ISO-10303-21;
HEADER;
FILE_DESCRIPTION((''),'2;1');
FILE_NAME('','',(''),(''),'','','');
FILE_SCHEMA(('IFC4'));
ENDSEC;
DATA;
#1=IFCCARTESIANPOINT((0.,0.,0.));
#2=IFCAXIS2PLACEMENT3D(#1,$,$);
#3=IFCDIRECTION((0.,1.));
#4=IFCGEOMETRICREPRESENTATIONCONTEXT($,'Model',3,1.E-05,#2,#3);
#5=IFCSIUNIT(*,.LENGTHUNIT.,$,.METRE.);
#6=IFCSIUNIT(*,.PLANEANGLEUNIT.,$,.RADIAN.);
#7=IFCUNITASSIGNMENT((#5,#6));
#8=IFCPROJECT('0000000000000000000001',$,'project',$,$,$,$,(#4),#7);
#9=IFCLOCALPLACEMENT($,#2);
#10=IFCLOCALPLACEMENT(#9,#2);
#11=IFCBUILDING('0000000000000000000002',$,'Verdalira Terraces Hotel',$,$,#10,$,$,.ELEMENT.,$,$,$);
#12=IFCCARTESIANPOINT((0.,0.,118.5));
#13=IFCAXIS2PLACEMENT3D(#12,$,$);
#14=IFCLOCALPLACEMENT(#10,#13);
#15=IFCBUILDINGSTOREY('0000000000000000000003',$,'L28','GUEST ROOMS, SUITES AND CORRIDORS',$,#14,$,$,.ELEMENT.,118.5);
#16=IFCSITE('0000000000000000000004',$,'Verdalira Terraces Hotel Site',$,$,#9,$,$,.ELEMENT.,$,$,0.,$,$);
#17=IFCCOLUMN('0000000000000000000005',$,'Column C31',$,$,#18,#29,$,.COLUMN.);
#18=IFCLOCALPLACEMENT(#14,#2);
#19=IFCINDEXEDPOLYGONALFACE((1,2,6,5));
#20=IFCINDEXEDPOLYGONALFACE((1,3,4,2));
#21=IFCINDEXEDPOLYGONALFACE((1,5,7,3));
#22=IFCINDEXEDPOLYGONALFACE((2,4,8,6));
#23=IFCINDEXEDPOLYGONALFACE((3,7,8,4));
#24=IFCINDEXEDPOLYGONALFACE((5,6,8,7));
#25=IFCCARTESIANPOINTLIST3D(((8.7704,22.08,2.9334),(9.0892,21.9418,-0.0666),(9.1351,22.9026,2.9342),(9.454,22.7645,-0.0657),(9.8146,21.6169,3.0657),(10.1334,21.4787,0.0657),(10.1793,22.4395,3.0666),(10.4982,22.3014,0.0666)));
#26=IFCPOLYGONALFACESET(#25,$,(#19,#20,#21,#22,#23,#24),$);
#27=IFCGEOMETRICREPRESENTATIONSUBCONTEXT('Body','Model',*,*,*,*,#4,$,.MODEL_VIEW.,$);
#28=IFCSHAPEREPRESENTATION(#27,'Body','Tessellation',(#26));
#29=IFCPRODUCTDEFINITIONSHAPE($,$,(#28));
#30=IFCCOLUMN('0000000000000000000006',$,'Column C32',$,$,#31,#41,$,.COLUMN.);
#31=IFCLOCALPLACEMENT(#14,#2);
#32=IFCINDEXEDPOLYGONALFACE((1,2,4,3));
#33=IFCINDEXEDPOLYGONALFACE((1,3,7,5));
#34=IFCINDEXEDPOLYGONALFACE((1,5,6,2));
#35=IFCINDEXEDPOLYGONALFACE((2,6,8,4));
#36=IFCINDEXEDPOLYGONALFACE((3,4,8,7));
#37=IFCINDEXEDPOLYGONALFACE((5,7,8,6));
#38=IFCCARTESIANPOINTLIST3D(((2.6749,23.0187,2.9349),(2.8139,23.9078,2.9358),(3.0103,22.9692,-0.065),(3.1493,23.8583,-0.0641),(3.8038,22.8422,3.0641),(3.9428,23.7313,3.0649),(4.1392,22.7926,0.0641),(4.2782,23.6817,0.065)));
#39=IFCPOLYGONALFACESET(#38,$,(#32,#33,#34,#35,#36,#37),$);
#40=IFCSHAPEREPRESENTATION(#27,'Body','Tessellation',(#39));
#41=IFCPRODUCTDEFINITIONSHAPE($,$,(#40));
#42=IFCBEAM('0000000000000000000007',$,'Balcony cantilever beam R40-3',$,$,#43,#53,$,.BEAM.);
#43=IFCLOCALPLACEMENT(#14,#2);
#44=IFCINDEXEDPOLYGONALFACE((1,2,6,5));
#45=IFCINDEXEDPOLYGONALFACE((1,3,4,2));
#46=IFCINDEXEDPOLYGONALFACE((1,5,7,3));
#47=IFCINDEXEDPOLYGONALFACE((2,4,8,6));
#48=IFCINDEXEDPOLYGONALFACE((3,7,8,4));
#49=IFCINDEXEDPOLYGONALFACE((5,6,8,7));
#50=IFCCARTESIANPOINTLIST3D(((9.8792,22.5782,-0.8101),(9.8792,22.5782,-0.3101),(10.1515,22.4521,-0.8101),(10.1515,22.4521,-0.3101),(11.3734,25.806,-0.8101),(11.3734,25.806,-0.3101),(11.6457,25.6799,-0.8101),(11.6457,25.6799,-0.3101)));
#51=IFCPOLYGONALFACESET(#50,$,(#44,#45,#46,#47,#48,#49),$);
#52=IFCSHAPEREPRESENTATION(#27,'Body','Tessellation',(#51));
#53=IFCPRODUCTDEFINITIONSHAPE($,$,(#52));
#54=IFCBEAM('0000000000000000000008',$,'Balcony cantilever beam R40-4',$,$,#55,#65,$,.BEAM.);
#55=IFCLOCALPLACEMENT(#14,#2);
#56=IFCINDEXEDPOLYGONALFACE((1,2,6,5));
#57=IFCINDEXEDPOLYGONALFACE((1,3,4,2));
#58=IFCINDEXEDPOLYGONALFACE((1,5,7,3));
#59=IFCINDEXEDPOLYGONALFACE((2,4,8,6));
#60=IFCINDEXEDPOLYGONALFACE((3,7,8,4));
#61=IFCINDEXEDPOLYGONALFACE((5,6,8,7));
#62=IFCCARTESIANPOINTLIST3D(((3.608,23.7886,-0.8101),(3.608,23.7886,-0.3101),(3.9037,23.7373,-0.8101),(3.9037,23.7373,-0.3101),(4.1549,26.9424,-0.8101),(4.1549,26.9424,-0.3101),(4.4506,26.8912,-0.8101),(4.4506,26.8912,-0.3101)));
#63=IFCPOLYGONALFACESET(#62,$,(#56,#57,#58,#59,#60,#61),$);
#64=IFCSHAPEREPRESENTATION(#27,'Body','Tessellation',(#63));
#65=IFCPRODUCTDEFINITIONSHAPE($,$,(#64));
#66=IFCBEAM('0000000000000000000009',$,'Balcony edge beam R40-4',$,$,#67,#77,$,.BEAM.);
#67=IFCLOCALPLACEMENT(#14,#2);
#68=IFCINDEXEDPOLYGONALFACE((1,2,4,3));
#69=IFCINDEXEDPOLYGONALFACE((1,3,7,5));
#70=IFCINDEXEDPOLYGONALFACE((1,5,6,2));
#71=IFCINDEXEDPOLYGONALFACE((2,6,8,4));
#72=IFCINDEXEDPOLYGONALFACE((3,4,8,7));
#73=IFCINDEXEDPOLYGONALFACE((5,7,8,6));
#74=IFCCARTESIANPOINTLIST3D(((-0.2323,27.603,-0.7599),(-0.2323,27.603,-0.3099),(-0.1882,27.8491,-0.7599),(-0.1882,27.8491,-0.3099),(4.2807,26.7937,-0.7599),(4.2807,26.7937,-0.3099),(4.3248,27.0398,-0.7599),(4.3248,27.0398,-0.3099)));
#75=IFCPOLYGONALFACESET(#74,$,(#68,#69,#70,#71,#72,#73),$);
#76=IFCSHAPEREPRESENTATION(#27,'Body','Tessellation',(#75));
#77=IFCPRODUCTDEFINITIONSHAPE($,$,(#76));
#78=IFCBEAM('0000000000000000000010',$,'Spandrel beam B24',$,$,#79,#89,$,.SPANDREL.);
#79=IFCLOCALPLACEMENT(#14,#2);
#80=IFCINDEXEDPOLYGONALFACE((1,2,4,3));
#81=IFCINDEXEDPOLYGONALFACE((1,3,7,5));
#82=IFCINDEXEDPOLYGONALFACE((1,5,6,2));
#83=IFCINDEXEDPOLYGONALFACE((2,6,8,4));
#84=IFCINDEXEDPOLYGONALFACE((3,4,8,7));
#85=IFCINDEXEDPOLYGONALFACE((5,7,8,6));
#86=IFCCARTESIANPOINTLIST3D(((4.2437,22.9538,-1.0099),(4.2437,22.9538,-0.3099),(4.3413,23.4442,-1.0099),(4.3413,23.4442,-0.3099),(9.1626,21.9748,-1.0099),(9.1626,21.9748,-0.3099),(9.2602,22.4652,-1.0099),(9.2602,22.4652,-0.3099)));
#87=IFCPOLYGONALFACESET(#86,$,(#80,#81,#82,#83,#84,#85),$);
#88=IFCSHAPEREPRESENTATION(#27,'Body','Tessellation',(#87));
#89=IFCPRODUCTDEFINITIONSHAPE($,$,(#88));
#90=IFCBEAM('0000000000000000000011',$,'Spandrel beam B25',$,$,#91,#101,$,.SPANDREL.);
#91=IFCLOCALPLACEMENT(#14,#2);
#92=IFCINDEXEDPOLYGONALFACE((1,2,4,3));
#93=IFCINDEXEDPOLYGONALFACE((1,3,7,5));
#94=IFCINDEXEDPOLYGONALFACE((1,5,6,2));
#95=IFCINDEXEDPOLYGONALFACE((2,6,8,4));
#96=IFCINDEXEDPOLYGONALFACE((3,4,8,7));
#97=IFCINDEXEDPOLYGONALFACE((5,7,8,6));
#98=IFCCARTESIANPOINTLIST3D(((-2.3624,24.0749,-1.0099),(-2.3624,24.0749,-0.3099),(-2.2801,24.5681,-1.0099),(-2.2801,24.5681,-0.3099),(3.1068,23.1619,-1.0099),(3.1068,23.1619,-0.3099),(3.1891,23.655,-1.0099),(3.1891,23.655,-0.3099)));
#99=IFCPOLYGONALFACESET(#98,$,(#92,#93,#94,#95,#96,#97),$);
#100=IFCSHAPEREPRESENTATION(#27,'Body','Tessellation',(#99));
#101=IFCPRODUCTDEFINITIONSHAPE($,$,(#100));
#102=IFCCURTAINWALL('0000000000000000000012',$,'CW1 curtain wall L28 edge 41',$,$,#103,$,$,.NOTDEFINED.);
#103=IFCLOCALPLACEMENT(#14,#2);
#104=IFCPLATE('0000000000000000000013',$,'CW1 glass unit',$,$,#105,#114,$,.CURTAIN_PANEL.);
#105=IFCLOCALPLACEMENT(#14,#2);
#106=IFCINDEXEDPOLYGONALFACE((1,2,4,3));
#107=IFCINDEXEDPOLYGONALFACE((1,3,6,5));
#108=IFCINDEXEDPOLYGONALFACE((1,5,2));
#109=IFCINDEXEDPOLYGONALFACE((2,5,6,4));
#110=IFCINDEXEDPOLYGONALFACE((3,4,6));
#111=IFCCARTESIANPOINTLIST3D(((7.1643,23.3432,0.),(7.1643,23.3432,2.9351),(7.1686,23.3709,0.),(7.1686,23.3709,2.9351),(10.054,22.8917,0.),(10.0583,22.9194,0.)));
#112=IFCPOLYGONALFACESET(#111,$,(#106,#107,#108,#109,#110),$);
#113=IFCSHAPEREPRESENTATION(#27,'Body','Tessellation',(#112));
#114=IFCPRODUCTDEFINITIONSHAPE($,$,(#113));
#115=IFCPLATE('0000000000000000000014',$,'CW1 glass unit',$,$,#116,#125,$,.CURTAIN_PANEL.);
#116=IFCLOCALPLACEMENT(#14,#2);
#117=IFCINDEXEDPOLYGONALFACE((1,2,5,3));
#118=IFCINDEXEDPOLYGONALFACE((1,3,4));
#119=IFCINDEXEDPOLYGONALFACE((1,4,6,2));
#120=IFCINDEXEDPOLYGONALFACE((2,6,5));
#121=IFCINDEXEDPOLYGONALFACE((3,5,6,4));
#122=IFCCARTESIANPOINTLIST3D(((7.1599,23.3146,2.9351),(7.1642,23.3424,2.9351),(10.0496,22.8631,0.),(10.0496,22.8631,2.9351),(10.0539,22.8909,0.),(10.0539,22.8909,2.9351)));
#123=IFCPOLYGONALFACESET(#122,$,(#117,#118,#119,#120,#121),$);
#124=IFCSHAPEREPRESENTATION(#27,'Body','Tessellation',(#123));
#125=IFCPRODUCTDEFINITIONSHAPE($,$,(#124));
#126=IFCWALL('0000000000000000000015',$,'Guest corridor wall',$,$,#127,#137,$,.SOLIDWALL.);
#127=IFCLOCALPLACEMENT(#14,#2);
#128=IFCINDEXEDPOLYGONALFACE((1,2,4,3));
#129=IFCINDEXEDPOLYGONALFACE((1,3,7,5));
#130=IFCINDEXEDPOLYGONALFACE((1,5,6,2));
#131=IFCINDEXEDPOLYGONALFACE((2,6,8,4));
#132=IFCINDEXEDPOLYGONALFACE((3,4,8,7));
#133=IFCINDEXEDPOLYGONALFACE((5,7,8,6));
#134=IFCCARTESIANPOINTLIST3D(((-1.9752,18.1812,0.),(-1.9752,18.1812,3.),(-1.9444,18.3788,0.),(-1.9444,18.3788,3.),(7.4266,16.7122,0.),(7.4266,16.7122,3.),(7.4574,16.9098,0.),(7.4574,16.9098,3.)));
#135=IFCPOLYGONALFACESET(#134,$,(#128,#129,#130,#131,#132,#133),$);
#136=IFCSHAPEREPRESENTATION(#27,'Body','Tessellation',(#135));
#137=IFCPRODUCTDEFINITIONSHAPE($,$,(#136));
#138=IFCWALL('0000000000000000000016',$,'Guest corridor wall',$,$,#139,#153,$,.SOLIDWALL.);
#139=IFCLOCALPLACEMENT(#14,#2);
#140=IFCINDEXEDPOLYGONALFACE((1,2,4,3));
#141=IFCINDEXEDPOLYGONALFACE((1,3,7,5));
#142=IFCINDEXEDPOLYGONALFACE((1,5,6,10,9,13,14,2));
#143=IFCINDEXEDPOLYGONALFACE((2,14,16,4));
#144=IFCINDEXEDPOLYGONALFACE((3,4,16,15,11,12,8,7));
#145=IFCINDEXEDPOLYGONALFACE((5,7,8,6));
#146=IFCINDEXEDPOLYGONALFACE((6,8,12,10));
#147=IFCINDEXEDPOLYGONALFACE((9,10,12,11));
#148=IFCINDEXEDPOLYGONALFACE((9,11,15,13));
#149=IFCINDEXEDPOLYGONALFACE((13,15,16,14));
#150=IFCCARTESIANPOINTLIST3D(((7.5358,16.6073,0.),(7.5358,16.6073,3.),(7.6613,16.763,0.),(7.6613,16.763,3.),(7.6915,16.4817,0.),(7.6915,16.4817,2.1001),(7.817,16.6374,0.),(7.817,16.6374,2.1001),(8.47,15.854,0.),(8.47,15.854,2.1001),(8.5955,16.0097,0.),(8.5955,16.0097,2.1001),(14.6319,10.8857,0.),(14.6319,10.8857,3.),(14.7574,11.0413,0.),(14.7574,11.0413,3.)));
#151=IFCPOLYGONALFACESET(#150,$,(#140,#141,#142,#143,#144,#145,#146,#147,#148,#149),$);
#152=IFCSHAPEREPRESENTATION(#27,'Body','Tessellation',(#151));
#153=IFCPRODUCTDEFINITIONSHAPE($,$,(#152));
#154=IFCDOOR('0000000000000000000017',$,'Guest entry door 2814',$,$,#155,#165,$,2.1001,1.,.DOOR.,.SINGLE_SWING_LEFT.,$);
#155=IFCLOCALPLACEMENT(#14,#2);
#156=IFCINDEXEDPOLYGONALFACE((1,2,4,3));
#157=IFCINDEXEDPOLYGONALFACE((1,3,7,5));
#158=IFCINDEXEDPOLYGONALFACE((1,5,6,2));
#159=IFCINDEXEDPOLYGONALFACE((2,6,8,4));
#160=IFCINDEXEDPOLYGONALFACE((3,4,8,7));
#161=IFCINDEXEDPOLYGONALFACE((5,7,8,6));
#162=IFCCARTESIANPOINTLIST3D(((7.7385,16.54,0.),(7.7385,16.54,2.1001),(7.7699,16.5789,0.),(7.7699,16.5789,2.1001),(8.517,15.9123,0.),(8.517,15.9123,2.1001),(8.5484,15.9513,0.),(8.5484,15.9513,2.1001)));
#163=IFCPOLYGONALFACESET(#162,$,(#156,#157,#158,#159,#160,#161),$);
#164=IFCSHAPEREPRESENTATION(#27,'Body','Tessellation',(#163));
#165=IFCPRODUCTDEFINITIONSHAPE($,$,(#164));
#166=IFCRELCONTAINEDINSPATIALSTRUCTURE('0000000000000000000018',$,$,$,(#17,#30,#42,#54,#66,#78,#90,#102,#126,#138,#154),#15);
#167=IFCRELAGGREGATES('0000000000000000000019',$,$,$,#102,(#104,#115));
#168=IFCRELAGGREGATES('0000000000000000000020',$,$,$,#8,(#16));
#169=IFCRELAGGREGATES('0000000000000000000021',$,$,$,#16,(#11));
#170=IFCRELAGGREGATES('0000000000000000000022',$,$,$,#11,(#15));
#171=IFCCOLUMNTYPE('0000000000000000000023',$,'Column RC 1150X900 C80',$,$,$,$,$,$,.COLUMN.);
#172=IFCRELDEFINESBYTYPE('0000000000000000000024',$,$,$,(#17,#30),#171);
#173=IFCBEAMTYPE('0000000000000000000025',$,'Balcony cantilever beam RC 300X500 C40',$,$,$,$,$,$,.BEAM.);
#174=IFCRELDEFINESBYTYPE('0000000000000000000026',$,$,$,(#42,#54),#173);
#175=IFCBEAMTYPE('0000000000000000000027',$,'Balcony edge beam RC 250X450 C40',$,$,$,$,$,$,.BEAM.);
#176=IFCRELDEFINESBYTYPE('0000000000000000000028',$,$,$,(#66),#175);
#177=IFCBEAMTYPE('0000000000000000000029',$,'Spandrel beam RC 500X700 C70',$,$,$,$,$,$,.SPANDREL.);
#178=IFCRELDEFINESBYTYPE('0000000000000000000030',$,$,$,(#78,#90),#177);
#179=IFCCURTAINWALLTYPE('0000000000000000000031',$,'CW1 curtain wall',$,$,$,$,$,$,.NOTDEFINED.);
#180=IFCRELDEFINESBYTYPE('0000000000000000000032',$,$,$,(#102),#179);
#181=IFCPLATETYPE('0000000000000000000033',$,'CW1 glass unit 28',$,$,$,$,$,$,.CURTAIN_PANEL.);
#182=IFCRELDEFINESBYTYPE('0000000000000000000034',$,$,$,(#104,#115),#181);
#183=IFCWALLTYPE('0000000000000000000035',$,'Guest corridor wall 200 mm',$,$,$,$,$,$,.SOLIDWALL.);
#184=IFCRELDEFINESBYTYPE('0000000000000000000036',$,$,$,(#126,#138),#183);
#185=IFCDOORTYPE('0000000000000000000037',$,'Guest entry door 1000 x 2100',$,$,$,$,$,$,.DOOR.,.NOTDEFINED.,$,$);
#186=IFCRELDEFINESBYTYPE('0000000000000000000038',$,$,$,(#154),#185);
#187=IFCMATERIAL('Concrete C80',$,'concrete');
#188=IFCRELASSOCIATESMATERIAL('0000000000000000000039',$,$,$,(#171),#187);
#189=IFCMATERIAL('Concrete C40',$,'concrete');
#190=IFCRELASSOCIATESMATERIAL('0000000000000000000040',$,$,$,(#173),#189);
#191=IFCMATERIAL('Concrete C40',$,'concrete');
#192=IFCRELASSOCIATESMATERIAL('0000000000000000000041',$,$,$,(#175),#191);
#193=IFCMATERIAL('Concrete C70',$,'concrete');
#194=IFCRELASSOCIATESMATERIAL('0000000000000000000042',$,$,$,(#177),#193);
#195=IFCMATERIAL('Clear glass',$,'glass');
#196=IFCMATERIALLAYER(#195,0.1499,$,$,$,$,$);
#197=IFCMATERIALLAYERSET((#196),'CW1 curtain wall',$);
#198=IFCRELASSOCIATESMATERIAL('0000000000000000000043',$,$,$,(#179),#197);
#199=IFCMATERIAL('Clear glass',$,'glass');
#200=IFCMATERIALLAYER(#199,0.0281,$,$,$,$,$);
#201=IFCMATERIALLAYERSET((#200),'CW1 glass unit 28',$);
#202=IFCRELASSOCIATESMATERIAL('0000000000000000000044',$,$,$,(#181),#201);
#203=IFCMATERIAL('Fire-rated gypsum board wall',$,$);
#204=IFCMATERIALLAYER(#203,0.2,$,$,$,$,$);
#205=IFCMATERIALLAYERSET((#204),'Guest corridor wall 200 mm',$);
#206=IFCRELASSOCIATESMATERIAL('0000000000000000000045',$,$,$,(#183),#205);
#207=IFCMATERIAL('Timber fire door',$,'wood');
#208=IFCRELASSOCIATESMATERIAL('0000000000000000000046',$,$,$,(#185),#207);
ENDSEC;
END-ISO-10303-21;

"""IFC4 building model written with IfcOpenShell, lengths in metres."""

from ifc_helpers import new_model, si_unit, direction, frame, frame_2d, origin, origin_2d, place, context, subcontext, project, spatial, polyline, rectangle, outline, extrude, material, layer, layer_set, material_profile, profile_set, type_object, element, fill, aggregate, save


model = new_model("IFC4")

# Units and contexts
model_context = context("Model", 3, precision=1e-05, world=origin(), true_north=direction((0.0, 1.0)))
body_context = subcontext(model_context, "Body", "Model", "MODEL_VIEW")
ifc_project = project(units=[si_unit("LENGTHUNIT", "METRE"), si_unit("PLANEANGLEUNIT", "RADIAN")], contexts=[model_context])

# Site, building, storey
site_placement = place(None, origin())
site = spatial("IfcSite", under=ifc_project, at=site_placement, Name="Verdalira Terraces Hotel Site", CompositionType="ELEMENT", RefElevation=0.0)
building_placement = place(site_placement, origin())
building = spatial("IfcBuilding", under=site, at=building_placement, Name="Verdalira Terraces Hotel", CompositionType="ELEMENT")
storey_placement = place(building_placement, frame((0.0, 0.0, 118.5)))
storey = spatial("IfcBuildingStorey", under=building, at=storey_placement, Name="L28", Description="GUEST ROOMS, SUITES AND CORRIDORS", CompositionType="ELEMENT", Elevation=118.5)

# Columns
ifc_material_1 = material(Name="Concrete C80", Category="concrete")
ifc_material_profile_1 = material_profile(ifc_material_1, rectangle(XDim=1.1499, YDim=0.8999, at=origin_2d()), Name="RC 1150X900")
ifc_profile_set_1 = profile_set([ifc_material_profile_1], Name="Concrete C80")
column_type = type_object("IfcColumnType", Name="Column RC 1150X900 C80", PredefinedType="COLUMN", material=ifc_profile_set_1)
column_1_placement = place(storey_placement, frame((9.7937, 22.1216, 0.0), z_axis=(-0.105577, 0.045755, 0.993358), x_axis=(0.908058, -0.40273, 0.115061)))
element("IfcColumn", 1, at=column_1_placement, inside=storey, type_object=column_type, Name="Column C31", PredefinedType="COLUMN", context=body_context, shape_type="SweptSolid", body=[
    extrude(rectangle(XDim=1.1499, YDim=0.8999, at=origin_2d()), origin(), (0.0, 0.0, 1.0), 3.02),
])
column_2_placement = place(storey_placement, frame((3.6443, 23.3254, 0.0), z_axis=(-0.111109, 0.016416, 0.993673), x_axis=(-0.981735, 0.153568, -0.112311)))
element("IfcColumn", 2, at=column_2_placement, inside=storey, type_object=column_type, Name="Column C32", PredefinedType="COLUMN", context=body_context, shape_type="SweptSolid", body=[
    extrude(rectangle(XDim=1.1499, YDim=0.8999, at=origin_2d()), origin(), (0.0, 0.0, 1.0), 3.019),
])

# Beams
ifc_material_2 = material(Name="Concrete C40", Category="concrete")
ifc_material_profile_2 = material_profile(ifc_material_2, rectangle(XDim=0.3, YDim=0.5, at=origin_2d()), Name="RC 300X500")
ifc_profile_set_2 = profile_set([ifc_material_profile_2], Name="Concrete C40")
beam_type_1 = type_object("IfcBeamType", Name="Balcony cantilever beam RC 300X500 C40", PredefinedType="BEAM", material=ifc_profile_set_2)
beam_1_placement = place(storey_placement, frame((10.0154, 22.5151, -0.5601), z_axis=(0.420076, 0.907489, 0.0), x_axis=(-0.907489, 0.420076, 0.0)))
element("IfcBeam", 3, at=beam_1_placement, inside=storey, type_object=beam_type_1, Name="Balcony cantilever beam R40-3", PredefinedType="BEAM", context=body_context, shape_type="SweptSolid", body=[
    extrude(rectangle(XDim=0.3, YDim=0.5, at=origin_2d()), origin(), (0.0, 0.0, 1.0), 3.5569),
])
beam_2_placement = place(storey_placement, frame((3.7559, 23.7629, -0.5601), z_axis=(0.170852, 0.985297, 0.0), x_axis=(-0.985297, 0.170852, 0.0)))
element("IfcBeam", 4, at=beam_2_placement, inside=storey, type_object=beam_type_1, Name="Balcony cantilever beam R40-4", PredefinedType="BEAM", context=body_context, shape_type="SweptSolid", body=[
    extrude(rectangle(XDim=0.3, YDim=0.5, at=origin_2d()), origin(), (0.0, 0.0, 1.0), 3.2009),
])
ifc_material_3 = material(Name="Concrete C40", Category="concrete")
ifc_material_profile_3 = material_profile(ifc_material_3, rectangle(XDim=0.25, YDim=0.45, at=origin_2d()), Name="RC 250X450")
ifc_profile_set_3 = profile_set([ifc_material_profile_3], Name="Concrete C40")
beam_type_2 = type_object("IfcBeamType", Name="Balcony edge beam RC 250X450 C40", PredefinedType="BEAM", material=ifc_profile_set_3)
beam_3_placement = place(storey_placement, frame((4.3027, 26.9167, -0.5349), z_axis=(-0.984297, 0.176519, 0.0), x_axis=(-0.176519, -0.984297, 0.0)))
element("IfcBeam", 5, at=beam_3_placement, inside=storey, type_object=beam_type_2, Name="Balcony edge beam R40-4", PredefinedType="BEAM", context=body_context, shape_type="SweptSolid", body=[
    extrude(rectangle(XDim=0.25, YDim=0.45, at=origin_2d()), origin(), (0.0, 0.0, 1.0), 4.585),
])
ifc_material_4 = material(Name="Concrete C70", Category="concrete")
ifc_material_profile_4 = material_profile(ifc_material_4, rectangle(XDim=0.5, YDim=0.7, at=origin_2d()), Name="RC 500X700")
ifc_profile_set_4 = profile_set([ifc_material_profile_4], Name="Concrete C70")
beam_type_3 = type_object("IfcBeamType", Name="Spandrel beam RC 500X700 C70", PredefinedType="SPANDREL", material=ifc_profile_set_4)
beam_4_placement = place(storey_placement, frame((9.2114, 22.22, -0.6599), z_axis=(-0.980764, 0.195199, 0.0), x_axis=(-0.195199, -0.980764, 0.0)))
element("IfcBeam", 6, at=beam_4_placement, inside=storey, type_object=beam_type_3, Name="Spandrel beam B24", PredefinedType="SPANDREL", context=body_context, shape_type="SweptSolid", body=[
    extrude(rectangle(XDim=0.5, YDim=0.7, at=origin_2d()), origin(), (0.0, 0.0, 1.0), 5.0154),
])
beam_5_placement = place(storey_placement, frame((3.1479, 23.4084, -0.6599), z_axis=(-0.986349, 0.16467, 0.0), x_axis=(-0.16467, -0.986349, 0.0)))
element("IfcBeam", 7, at=beam_5_placement, inside=storey, type_object=beam_type_3, Name="Spandrel beam B25", PredefinedType="SPANDREL", context=body_context, shape_type="SweptSolid", body=[
    extrude(rectangle(XDim=0.5, YDim=0.7, at=origin_2d()), origin(), (0.0, 0.0, 1.0), 5.5449),
])

# Curtain wall, plates
ifc_material_5 = material(Name="Clear glass", Category="glass")
ifc_layer_1 = layer(ifc_material_5, 0.1499)
ifc_layer_set_1 = layer_set([ifc_layer_1], Name="CW1 curtain wall")
curtain_wall_type = type_object("IfcCurtainWallType", Name="CW1 curtain wall", PredefinedType="NOTDEFINED", material=ifc_layer_set_1)
curtain_wall_placement = place(storey_placement, origin())
curtain_wall = element("IfcCurtainWall", 8, at=curtain_wall_placement, inside=storey, type_object=curtain_wall_type, Name="CW1 curtain wall L28 edge 41", PredefinedType="NOTDEFINED")
ifc_material_6 = material(Name="Clear glass", Category="glass")
ifc_layer_2 = layer(ifc_material_6, 0.0281)
ifc_layer_set_2 = layer_set([ifc_layer_2], Name="CW1 glass unit 28")
plate_type = type_object("IfcPlateType", Name="CW1 glass unit 28", PredefinedType="CURTAIN_PANEL", material=ifc_layer_set_2)
plate_1_placement = place(storey_placement, frame((8.6091, 23.1174, 1.4675), z_axis=(0.154366, 0.988014, 0.0), x_axis=(-0.988014, 0.154366, 0.0)))
plate_1 = element("IfcPlate", 9, at=plate_1_placement, type_object=plate_type, Name="CW1 glass unit", PredefinedType="CURTAIN_PANEL", context=body_context, shape_type="SweptSolid", body=[
    extrude(outline(polyline([(-1.4624, -1.4675), (1.4624, -1.4675), (1.4624, 1.4675), (-1.4624, -1.4675)])), origin(), (0.0, 0.0, 1.0), 0.0281),
])
plate_2_placement = place(storey_placement, frame((8.6047, 23.0889, 1.4675), z_axis=(0.154366, 0.988014, 0.0), x_axis=(-0.988014, 0.154366, 0.0)))
plate_2 = element("IfcPlate", 10, at=plate_2_placement, type_object=plate_type, Name="CW1 glass unit", PredefinedType="CURTAIN_PANEL", context=body_context, shape_type="SweptSolid", body=[
    extrude(outline(polyline([(-1.4624, -1.4675), (1.4624, 1.4675), (-1.4624, 1.4675), (-1.4624, -1.4675)])), origin(), (0.0, 0.0, 1.0), 0.0281),
])
aggregate(curtain_wall, [plate_1, plate_2])

# Wall
ifc_material_7 = material(Name="Fire-rated gypsum board wall")
ifc_layer_3 = layer(ifc_material_7, 0.2)
ifc_layer_set_3 = layer_set([ifc_layer_3], Name="Guest corridor wall 200 mm")
wall_type_1 = type_object("IfcWallType", Name="Guest corridor wall 200 mm", PredefinedType="SOLIDWALL", material=ifc_layer_set_3)
wall_1_placement = place(storey_placement, frame((7.4419, 16.811, 0.0), z_axis=(0.0, 0.0, 1.0), x_axis=(-0.988013, 0.154372, 0.0)))
element("IfcWall", 11, at=wall_1_placement, inside=storey, type_object=wall_type_1, Name="Guest corridor wall", PredefinedType="SOLIDWALL", context=body_context, shape_type="SweptSolid", body=[
    extrude(rectangle(XDim=9.5159, YDim=0.2, at=frame_2d((4.7578, 0.0))), origin(), (0.0, 0.0, 1.0), 3.0),
])

# Wall, opening, door
wall_2_placement = place(storey_placement, frame((7.5986, 16.6851, 0.0), z_axis=(0.0, 0.0, 1.0), x_axis=(0.77847, -0.627682, 0.0)))
wall_2 = element("IfcWall", 12, at=wall_2_placement, inside=storey, type_object=wall_type_1, Name="Guest corridor wall", PredefinedType="SOLIDWALL", context=body_context, shape_type="SweptSolid", body=[
    extrude(rectangle(XDim=9.1155, YDim=0.2, at=frame_2d((4.5576, 0.0))), origin(), (0.0, 0.0, 1.0), 3.0),
])
opening_1_placement = place(wall_2_placement, frame((0.2, 0.0, 0.0)))
opening_1 = element("IfcOpeningElement", 13, at=opening_1_placement, cuts=wall_2, PredefinedType="OPENING", context=body_context, shape_type="SweptSolid", body=[
    extrude(rectangle(XDim=1.0, YDim=2.1001, at=frame_2d((0.5, 1.05))), frame((0.0, 0.1099, 0.0), z_axis=(0.0, -1.0, 0.0), x_axis=(1.0, 0.0, 0.0)), (0.0, 0.0, 1.0), 0.22),
])
ifc_material_8 = material(Name="Timber fire door", Category="wood")
door_type_1 = type_object("IfcDoorType", Name="Guest entry door 1000 x 2100", OperationType="NOTDEFINED", PredefinedType="DOOR", material=ifc_material_8)
door_1_placement = place(opening_1_placement, origin())
door_1 = element("IfcDoor", 14, at=door_1_placement, inside=storey, type_object=door_type_1, Name="Guest entry door 2814", OperationType="SINGLE_SWING_LEFT", OverallHeight=2.1001, OverallWidth=1.0, PredefinedType="DOOR", context=body_context, shape_type="SweptSolid", body=[
    extrude(rectangle(XDim=1.0, YDim=2.1001, at=frame_2d((0.5, 1.05))), frame((0.0, 0.0249, 0.0), z_axis=(0.0, -1.0, 0.0), x_axis=(1.0, 0.0, 0.0)), (0.0, 0.0, 1.0), 0.05),
])
fill(opening_1, door_1)

save(model, "model.ifc")
